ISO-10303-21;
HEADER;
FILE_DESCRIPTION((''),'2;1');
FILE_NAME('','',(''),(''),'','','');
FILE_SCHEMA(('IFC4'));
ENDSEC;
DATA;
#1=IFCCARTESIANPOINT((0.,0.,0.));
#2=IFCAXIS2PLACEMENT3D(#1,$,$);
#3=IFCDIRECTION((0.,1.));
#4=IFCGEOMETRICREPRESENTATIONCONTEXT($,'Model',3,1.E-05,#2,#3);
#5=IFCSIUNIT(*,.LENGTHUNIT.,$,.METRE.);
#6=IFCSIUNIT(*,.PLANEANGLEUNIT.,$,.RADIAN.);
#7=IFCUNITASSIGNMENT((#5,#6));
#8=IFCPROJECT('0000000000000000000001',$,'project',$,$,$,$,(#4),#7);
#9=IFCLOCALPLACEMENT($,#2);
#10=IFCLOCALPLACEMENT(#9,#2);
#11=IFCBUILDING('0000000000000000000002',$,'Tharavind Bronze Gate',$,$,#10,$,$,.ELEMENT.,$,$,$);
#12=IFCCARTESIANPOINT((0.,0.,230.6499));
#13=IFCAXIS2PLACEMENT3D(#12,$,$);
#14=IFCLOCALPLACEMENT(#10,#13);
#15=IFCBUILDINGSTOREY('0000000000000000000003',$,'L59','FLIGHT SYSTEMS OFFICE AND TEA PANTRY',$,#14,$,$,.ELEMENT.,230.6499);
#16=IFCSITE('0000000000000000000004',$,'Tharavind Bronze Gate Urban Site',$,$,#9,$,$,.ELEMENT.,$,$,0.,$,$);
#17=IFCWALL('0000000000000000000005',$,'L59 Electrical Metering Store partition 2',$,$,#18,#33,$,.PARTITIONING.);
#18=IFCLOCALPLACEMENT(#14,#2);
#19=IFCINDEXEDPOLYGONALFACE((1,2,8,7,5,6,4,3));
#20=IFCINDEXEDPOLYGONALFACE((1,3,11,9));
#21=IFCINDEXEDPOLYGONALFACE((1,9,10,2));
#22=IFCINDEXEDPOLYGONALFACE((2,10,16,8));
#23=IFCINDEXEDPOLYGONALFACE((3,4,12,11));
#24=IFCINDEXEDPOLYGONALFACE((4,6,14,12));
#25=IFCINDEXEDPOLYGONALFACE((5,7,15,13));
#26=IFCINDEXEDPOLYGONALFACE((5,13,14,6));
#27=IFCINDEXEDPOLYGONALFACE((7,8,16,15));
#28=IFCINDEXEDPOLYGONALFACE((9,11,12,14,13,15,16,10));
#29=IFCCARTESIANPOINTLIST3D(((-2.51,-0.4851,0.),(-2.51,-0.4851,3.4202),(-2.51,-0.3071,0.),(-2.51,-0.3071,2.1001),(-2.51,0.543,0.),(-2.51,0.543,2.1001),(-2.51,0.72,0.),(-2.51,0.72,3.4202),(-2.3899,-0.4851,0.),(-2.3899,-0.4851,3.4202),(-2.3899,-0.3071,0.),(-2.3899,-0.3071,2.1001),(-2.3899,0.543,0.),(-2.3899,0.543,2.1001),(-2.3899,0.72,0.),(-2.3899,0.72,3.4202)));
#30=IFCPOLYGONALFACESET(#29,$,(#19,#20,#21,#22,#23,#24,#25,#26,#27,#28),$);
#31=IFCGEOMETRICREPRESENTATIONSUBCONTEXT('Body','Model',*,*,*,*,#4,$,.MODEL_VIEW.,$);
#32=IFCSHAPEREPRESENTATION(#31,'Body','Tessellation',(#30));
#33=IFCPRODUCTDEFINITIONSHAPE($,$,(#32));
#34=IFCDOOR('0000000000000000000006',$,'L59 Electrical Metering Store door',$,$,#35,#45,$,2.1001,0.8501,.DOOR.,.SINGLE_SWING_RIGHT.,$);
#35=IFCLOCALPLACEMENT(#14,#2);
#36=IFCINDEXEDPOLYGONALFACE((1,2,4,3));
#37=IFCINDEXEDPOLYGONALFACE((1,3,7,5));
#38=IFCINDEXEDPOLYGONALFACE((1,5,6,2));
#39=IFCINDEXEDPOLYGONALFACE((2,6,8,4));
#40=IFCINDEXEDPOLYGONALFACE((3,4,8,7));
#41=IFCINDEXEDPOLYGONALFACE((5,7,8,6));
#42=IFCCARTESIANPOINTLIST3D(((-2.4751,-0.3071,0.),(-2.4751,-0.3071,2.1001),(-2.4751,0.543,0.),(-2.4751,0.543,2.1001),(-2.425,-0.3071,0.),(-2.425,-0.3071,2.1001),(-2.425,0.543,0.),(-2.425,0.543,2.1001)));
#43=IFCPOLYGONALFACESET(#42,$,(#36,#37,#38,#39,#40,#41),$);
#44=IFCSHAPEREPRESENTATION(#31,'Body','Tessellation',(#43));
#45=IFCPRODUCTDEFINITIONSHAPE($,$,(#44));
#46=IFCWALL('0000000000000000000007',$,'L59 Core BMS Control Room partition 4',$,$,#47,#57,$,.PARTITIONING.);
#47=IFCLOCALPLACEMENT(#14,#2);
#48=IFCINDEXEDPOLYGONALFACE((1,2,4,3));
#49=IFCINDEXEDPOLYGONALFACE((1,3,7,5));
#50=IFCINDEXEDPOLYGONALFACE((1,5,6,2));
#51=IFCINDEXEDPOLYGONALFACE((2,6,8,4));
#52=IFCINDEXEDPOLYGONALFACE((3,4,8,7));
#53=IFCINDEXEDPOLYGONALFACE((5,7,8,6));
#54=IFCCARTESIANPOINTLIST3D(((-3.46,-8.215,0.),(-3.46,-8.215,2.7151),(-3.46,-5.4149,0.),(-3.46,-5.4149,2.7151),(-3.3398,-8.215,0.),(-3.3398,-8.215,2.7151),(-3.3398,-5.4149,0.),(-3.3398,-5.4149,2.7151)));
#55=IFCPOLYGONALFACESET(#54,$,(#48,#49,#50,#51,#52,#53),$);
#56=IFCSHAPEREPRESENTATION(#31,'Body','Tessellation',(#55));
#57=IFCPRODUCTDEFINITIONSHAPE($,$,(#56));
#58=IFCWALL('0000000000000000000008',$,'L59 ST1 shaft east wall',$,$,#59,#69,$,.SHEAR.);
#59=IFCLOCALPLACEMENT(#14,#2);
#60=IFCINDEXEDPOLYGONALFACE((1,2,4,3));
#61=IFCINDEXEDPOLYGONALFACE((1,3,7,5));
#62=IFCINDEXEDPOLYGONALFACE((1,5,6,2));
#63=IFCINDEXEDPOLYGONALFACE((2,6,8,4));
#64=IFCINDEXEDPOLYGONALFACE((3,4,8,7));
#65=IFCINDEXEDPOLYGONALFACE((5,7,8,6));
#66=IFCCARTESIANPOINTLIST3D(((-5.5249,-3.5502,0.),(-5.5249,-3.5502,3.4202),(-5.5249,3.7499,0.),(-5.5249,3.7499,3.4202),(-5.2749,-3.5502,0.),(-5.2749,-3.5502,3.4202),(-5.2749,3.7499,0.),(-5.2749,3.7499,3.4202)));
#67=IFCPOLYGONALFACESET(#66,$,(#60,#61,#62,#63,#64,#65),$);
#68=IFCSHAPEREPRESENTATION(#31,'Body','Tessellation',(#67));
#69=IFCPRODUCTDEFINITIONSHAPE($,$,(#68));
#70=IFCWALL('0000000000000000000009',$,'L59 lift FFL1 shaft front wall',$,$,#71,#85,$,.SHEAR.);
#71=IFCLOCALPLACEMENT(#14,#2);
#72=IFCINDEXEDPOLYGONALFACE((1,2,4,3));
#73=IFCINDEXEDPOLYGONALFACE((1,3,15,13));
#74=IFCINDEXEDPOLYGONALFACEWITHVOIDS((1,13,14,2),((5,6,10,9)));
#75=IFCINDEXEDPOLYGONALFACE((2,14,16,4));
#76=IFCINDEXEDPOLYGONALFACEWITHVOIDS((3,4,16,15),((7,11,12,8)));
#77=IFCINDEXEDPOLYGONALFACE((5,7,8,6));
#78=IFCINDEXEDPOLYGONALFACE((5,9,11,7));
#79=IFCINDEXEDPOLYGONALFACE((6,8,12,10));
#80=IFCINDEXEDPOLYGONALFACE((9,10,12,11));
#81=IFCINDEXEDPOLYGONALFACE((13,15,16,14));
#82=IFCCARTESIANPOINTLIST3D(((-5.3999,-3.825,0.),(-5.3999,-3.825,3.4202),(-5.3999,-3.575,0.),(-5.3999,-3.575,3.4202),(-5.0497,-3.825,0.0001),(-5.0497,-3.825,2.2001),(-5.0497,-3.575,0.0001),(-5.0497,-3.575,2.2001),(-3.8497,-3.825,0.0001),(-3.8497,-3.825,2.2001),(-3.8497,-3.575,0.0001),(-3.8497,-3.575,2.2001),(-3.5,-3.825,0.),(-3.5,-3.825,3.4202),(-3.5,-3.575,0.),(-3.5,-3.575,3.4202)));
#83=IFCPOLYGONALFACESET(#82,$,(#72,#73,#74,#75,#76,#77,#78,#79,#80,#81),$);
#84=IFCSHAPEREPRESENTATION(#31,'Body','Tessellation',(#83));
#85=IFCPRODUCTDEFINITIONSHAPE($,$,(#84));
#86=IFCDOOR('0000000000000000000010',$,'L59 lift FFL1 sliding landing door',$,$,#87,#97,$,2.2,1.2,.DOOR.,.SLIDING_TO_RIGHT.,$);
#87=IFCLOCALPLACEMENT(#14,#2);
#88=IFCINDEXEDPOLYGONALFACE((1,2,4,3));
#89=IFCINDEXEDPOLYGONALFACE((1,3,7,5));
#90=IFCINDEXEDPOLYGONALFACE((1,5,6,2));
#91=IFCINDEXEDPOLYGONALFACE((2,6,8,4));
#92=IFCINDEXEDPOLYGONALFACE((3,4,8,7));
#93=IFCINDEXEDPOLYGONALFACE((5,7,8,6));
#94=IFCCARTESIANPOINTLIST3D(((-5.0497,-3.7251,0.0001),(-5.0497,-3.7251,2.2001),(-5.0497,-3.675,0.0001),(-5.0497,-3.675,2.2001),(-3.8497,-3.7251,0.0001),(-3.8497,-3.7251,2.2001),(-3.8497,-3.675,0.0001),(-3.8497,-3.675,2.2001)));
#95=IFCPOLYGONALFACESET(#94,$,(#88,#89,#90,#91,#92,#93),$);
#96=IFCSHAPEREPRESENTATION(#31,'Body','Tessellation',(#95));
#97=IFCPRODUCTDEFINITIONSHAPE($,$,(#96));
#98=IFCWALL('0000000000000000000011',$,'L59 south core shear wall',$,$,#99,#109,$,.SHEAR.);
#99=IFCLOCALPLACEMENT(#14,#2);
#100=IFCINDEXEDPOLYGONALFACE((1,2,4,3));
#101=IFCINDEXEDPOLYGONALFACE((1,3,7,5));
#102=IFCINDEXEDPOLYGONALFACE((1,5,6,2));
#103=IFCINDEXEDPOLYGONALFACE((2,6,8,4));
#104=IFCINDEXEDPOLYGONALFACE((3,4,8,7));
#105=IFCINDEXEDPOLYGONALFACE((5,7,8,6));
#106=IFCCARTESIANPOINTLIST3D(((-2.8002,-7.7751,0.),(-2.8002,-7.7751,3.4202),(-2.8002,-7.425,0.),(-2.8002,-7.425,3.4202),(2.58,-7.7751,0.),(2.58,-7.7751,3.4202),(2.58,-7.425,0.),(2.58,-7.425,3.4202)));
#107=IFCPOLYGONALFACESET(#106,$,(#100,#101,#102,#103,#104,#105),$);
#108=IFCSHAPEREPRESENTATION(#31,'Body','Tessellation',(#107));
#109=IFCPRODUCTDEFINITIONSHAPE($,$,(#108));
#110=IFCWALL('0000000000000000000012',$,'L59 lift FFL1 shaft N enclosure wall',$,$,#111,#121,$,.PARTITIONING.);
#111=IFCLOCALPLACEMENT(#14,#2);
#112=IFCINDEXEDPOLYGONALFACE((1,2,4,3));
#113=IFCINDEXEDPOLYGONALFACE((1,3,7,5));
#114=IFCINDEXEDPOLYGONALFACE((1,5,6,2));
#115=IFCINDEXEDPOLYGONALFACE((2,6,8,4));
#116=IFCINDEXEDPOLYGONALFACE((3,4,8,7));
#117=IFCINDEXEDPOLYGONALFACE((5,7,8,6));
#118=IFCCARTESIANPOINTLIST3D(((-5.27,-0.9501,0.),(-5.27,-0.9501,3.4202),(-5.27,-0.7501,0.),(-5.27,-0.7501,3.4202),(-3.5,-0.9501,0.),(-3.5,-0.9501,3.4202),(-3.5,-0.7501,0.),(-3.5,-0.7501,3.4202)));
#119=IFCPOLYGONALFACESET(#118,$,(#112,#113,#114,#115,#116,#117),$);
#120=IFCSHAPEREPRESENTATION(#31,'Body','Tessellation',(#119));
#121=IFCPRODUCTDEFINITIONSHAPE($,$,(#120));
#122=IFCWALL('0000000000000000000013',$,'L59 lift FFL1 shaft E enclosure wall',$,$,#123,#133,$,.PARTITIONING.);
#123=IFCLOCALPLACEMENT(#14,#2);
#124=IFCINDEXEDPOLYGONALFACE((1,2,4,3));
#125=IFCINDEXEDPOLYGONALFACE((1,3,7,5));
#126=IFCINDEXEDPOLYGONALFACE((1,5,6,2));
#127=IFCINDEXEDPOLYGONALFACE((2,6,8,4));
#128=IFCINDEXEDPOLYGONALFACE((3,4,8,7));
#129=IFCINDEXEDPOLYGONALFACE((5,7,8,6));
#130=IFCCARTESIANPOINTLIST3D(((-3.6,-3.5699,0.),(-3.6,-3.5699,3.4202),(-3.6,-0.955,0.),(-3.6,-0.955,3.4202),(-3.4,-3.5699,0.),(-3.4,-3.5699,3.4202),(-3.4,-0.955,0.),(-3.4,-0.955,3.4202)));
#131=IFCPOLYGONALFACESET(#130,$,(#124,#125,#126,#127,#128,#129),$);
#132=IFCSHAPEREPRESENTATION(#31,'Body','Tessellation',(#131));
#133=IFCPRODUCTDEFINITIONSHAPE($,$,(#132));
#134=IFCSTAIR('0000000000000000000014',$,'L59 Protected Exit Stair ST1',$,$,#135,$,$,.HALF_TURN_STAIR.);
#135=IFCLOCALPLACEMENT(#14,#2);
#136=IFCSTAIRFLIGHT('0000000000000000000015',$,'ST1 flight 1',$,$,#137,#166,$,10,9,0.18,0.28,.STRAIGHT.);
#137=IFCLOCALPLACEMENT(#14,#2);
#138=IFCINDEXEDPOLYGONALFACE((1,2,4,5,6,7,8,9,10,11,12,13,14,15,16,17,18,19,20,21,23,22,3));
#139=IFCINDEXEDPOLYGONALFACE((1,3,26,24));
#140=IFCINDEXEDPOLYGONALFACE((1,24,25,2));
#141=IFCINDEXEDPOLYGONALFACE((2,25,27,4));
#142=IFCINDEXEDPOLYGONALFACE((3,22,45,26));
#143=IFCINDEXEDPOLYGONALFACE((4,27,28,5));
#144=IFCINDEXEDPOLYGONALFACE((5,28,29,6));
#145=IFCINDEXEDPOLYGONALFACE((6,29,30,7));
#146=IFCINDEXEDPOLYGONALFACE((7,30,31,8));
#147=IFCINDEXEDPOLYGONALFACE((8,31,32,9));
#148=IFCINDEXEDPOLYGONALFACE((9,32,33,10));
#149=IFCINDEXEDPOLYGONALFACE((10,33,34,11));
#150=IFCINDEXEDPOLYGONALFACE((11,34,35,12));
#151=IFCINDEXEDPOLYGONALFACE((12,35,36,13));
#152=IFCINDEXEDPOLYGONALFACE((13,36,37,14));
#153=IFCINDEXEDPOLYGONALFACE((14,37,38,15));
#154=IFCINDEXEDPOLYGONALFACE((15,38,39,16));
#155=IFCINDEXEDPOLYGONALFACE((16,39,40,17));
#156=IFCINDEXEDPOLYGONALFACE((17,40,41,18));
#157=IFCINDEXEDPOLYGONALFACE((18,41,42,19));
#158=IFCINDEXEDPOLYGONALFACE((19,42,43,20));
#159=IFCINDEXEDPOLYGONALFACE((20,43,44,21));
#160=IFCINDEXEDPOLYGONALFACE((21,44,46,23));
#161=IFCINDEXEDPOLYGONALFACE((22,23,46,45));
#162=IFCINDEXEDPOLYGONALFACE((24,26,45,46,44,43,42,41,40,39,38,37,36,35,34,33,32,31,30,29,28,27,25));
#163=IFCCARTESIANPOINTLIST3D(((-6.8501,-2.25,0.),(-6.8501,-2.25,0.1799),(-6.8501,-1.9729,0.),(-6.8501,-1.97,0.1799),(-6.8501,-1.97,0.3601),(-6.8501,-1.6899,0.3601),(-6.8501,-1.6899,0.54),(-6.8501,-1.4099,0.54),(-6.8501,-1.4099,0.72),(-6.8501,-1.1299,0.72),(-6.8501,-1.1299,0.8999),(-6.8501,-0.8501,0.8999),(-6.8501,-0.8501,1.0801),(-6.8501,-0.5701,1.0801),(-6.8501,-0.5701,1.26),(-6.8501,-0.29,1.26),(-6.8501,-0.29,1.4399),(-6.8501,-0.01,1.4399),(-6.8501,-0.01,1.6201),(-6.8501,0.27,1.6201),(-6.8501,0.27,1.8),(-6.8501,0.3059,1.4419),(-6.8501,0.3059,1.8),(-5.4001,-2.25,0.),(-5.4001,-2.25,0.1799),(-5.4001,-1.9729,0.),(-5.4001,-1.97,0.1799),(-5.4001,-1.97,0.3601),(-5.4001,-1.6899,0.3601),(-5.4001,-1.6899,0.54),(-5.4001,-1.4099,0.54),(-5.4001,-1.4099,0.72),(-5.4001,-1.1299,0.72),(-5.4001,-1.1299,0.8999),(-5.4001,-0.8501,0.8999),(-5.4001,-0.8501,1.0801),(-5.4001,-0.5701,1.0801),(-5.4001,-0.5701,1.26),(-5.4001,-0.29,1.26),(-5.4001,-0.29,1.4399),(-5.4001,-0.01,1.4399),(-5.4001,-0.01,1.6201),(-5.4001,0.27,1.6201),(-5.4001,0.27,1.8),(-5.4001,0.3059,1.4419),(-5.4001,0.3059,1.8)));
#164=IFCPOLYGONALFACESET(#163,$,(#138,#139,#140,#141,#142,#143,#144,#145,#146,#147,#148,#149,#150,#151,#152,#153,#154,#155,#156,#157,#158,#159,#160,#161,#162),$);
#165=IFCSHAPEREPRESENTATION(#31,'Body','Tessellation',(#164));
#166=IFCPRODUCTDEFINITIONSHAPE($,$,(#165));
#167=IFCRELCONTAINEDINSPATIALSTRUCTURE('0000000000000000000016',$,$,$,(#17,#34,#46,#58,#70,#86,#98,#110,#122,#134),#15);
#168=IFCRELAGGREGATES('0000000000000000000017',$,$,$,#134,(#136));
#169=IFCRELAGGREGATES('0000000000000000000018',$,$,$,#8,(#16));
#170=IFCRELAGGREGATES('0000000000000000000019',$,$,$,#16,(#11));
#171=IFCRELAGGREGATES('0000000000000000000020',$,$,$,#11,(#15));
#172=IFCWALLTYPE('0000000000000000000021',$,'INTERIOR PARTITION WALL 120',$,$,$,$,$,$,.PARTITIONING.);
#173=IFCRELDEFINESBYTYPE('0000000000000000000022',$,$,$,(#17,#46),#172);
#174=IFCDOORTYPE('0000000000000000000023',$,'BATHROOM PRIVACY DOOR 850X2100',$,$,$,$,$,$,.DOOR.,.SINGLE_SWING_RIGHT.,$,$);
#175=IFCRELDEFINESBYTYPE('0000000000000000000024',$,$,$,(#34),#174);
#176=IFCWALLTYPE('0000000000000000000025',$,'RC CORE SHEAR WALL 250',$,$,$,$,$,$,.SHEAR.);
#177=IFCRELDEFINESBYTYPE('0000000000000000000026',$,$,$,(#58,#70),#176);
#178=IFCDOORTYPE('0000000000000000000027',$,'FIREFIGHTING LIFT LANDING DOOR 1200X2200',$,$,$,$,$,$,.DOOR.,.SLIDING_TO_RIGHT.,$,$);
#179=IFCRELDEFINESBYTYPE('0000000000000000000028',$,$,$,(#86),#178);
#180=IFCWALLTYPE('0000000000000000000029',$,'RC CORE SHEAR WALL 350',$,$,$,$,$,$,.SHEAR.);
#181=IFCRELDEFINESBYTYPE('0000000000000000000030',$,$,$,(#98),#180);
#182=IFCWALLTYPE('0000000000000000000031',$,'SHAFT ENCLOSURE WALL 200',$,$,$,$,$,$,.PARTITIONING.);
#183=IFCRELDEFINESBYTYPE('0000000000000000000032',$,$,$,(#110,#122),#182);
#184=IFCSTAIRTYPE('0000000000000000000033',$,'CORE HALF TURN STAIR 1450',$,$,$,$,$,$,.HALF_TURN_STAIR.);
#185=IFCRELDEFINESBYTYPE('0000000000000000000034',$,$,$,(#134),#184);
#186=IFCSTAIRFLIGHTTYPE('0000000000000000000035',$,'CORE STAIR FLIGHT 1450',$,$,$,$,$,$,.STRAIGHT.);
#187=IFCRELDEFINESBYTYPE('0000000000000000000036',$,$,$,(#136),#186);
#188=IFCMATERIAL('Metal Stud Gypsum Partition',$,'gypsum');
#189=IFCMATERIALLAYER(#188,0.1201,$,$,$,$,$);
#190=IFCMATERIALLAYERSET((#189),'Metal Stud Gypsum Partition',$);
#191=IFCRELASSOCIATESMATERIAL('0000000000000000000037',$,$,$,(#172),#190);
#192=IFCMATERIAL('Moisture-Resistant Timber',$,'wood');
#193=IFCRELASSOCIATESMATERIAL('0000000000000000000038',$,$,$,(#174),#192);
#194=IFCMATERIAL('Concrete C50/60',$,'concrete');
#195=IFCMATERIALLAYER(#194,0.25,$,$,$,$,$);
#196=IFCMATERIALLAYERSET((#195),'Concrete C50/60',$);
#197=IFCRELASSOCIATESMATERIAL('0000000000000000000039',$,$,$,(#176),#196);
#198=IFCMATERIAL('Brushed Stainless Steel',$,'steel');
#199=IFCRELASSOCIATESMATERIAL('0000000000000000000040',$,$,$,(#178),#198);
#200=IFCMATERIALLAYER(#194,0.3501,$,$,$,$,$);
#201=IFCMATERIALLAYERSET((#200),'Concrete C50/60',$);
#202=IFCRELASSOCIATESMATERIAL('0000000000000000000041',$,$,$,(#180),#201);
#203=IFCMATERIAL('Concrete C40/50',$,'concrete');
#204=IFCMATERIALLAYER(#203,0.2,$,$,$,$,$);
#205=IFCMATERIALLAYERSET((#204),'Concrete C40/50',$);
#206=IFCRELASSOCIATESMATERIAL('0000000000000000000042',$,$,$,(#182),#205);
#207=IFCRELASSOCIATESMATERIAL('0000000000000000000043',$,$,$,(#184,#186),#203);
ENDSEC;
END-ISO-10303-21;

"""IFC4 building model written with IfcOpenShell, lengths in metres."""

from ifc_helpers import new_model, si_unit, direction, frame, frame_2d, origin, place, context, subcontext, project, spatial, polyline, rectangle, outline, extrude, material, layer, layer_set, type_object, element, fill, aggregate, save


model = new_model("IFC4")

# Units and contexts
model_context = context("Model", 3, precision=1e-05, world=origin(), true_north=direction((0.0, 1.0)))
body_context = subcontext(model_context, "Body", "Model", "MODEL_VIEW")
ifc_project = project(units=[si_unit("LENGTHUNIT", "METRE"), si_unit("PLANEANGLEUNIT", "RADIAN")], contexts=[model_context])

# Site, building, storey
site_placement = place(None, origin())
site = spatial("IfcSite", under=ifc_project, at=site_placement, Name="Tharavind Bronze Gate Urban Site", CompositionType="ELEMENT", RefElevation=0.0)
building_placement = place(site_placement, origin())
building = spatial("IfcBuilding", under=site, at=building_placement, Name="Tharavind Bronze Gate", CompositionType="ELEMENT")
storey_placement = place(building_placement, frame((0.0, 0.0, 230.6499)))
storey = spatial("IfcBuildingStorey", under=building, at=storey_placement, Name="L59", Description="FLIGHT SYSTEMS OFFICE AND TEA PANTRY", CompositionType="ELEMENT", Elevation=230.6499)

# Shared definitions
ifc_material_1 = material(Name="Concrete C50/60", Category="concrete")

# Shared definitions
ifc_material_2 = material(Name="Concrete C40/50", Category="concrete")

# Shared definitions
ifc_material_3 = material(Name="Metal Stud Gypsum Partition", Category="gypsum")
ifc_layer_1 = layer(ifc_material_3, 0.1201)
ifc_layer_set_1 = layer_set([ifc_layer_1], Name="Metal Stud Gypsum Partition")
wall_type_1 = type_object("IfcWallType", Name="INTERIOR PARTITION WALL 120", PredefinedType="PARTITIONING", material=ifc_layer_set_1)

# Wall, opening, door
wall_1_placement = place(storey_placement, frame((-2.45, -0.4851, 0.0), z_axis=(0.0, 0.0, 1.0), x_axis=(0.0, 1.0, 0.0)))
wall_1 = element("IfcWall", 1, at=wall_1_placement, inside=storey, type_object=wall_type_1, Name="L59 Electrical Metering Store partition 2", PredefinedType="PARTITIONING", context=body_context, shape_type="SweptSolid", body=[
    extrude(rectangle(XDim=1.2051, YDim=0.1201, at=frame_2d((0.6025, 0.0))), origin(), (0.0, 0.0, 1.0), 3.4202),
])
opening_1_placement = place(wall_1_placement, frame((0.178, 0.0, 0.0)))
opening_1 = element("IfcOpeningElement", 2, at=opening_1_placement, cuts=wall_1, PredefinedType="OPENING", context=body_context, shape_type="SweptSolid", body=[
    extrude(rectangle(XDim=0.8501, YDim=2.1001, at=frame_2d((0.425, 1.05))), frame((0.0, 0.0701, 0.0), z_axis=(0.0, -1.0, 0.0), x_axis=(1.0, 0.0, 0.0)), (0.0, 0.0, 1.0), 0.1401),
])
ifc_material_4 = material(Name="Moisture-Resistant Timber", Category="wood")
door_type_1 = type_object("IfcDoorType", Name="BATHROOM PRIVACY DOOR 850X2100", OperationType="SINGLE_SWING_RIGHT", PredefinedType="DOOR", material=ifc_material_4)
door_1_placement = place(opening_1_placement, frame((0.8501, 0.0, 0.0), z_axis=(0.0, 0.0, 1.0), x_axis=(-1.0, 0.0, 0.0)))
door_1 = element("IfcDoor", 3, at=door_1_placement, inside=storey, type_object=door_type_1, Name="L59 Electrical Metering Store door", OperationType="SINGLE_SWING_RIGHT", OverallHeight=2.1001, OverallWidth=0.8501, PredefinedType="DOOR", context=body_context, shape_type="SweptSolid", body=[
    extrude(rectangle(XDim=0.8501, YDim=2.1001, at=frame_2d((0.425, 1.05))), frame((0.0, 0.0249, 0.0), z_axis=(0.0, -1.0, 0.0), x_axis=(1.0, 0.0, 0.0)), (0.0, 0.0, 1.0), 0.05),
])
fill(opening_1, door_1)

# Walls
wall_2_placement = place(storey_placement, frame((-3.3999, -5.415, 0.0), z_axis=(0.0, 0.0, 1.0), x_axis=(0.0, -1.0, 0.0)))
element("IfcWall", 4, at=wall_2_placement, inside=storey, type_object=wall_type_1, Name="L59 Core BMS Control Room partition 4", PredefinedType="PARTITIONING", context=body_context, shape_type="SweptSolid", body=[
    extrude(rectangle(XDim=2.8, YDim=0.1201, at=frame_2d((1.3999, 0.0))), origin(), (0.0, 0.0, 1.0), 2.7151),
])
ifc_layer_2 = layer(ifc_material_1, 0.25)
ifc_layer_set_2 = layer_set([ifc_layer_2], Name="Concrete C50/60")
wall_type_2 = type_object("IfcWallType", Name="RC CORE SHEAR WALL 250", PredefinedType="SHEAR", material=ifc_layer_set_2)
wall_3_placement = place(storey_placement, frame((-5.3999, -3.55, 0.0), z_axis=(0.0, 0.0, 1.0), x_axis=(0.0, 1.0, 0.0)))
element("IfcWall", 5, at=wall_3_placement, inside=storey, type_object=wall_type_2, Name="L59 ST1 shaft east wall", PredefinedType="SHEAR", context=body_context, shape_type="SweptSolid", body=[
    extrude(rectangle(XDim=7.3, YDim=0.25, at=frame_2d((3.6499, 0.0))), origin(), (0.0, 0.0, 1.0), 3.4202),
])

# Wall, opening, door
wall_4_placement = place(storey_placement, frame((-5.3999, -3.7, 0.0), z_axis=(0.0, 0.0, 1.0), x_axis=(1.0, 0.0, 0.0)))
wall_4 = element("IfcWall", 6, at=wall_4_placement, inside=storey, type_object=wall_type_2, Name="L59 lift FFL1 shaft front wall", PredefinedType="SHEAR", context=body_context, shape_type="SweptSolid", body=[
    extrude(rectangle(XDim=1.8999, YDim=0.25, at=frame_2d((0.95, 0.0))), origin(), (0.0, 0.0, 1.0), 3.4202),
])
opening_2_placement = place(wall_4_placement, frame((0.3501, 0.0, 0.0)))
opening_2 = element("IfcOpeningElement", 7, at=opening_2_placement, cuts=wall_4, PredefinedType="OPENING", context=body_context, shape_type="SweptSolid", body=[
    extrude(rectangle(XDim=1.2, YDim=2.2, at=frame_2d((0.6001, 1.1001))), frame((0.0, 0.135, 0.0), z_axis=(0.0, -1.0, 0.0), x_axis=(1.0, 0.0, 0.0)), (0.0, 0.0, 1.0), 0.27),
])
ifc_material_5 = material(Name="Brushed Stainless Steel", Category="steel")
door_type_2 = type_object("IfcDoorType", Name="FIREFIGHTING LIFT LANDING DOOR 1200X2200", OperationType="SLIDING_TO_RIGHT", PredefinedType="DOOR", material=ifc_material_5)
door_2_placement = place(opening_2_placement, origin())
door_2 = element("IfcDoor", 8, at=door_2_placement, inside=storey, type_object=door_type_2, Name="L59 lift FFL1 sliding landing door", OperationType="SLIDING_TO_RIGHT", OverallHeight=2.2, OverallWidth=1.2, PredefinedType="DOOR", context=body_context, shape_type="SweptSolid", body=[
    extrude(rectangle(XDim=1.2, YDim=2.2, at=frame_2d((0.6001, 1.1001))), frame((0.0, 0.0249, 0.0), z_axis=(0.0, -1.0, 0.0), x_axis=(1.0, 0.0, 0.0)), (0.0, 0.0, 1.0), 0.05),
])
fill(opening_2, door_2)

# Walls
ifc_layer_3 = layer(ifc_material_1, 0.3501)
ifc_layer_set_3 = layer_set([ifc_layer_3], Name="Concrete C50/60")
wall_type_3 = type_object("IfcWallType", Name="RC CORE SHEAR WALL 350", PredefinedType="SHEAR", material=ifc_layer_set_3)
wall_5_placement = place(storey_placement, frame((-2.8, -7.6001, 0.0), z_axis=(0.0, 0.0, 1.0), x_axis=(1.0, 0.0, 0.0)))
element("IfcWall", 9, at=wall_5_placement, inside=storey, type_object=wall_type_3, Name="L59 south core shear wall", PredefinedType="SHEAR", context=body_context, shape_type="SweptSolid", body=[
    extrude(rectangle(XDim=5.3801, YDim=0.3501, at=frame_2d((2.6899, 0.0))), origin(), (0.0, 0.0, 1.0), 3.4202),
])
ifc_layer_4 = layer(ifc_material_2, 0.2)
ifc_layer_set_4 = layer_set([ifc_layer_4], Name="Concrete C40/50")
wall_type_4 = type_object("IfcWallType", Name="SHAFT ENCLOSURE WALL 200", PredefinedType="PARTITIONING", material=ifc_layer_set_4)
wall_6_placement = place(storey_placement, frame((-5.27, -0.8501, 0.0), z_axis=(0.0, 0.0, 1.0), x_axis=(1.0, 0.0, 0.0)))
element("IfcWall", 10, at=wall_6_placement, inside=storey, type_object=wall_type_4, Name="L59 lift FFL1 shaft N enclosure wall", PredefinedType="PARTITIONING", context=body_context, shape_type="SweptSolid", body=[
    extrude(rectangle(XDim=1.77, YDim=0.2, at=frame_2d((0.885, 0.0))), origin(), (0.0, 0.0, 1.0), 3.4202),
])
wall_7_placement = place(storey_placement, frame((-3.5, -3.5701, 0.0), z_axis=(0.0, 0.0, 1.0), x_axis=(0.0, 1.0, 0.0)))
element("IfcWall", 11, at=wall_7_placement, inside=storey, type_object=wall_type_4, Name="L59 lift FFL1 shaft E enclosure wall", PredefinedType="PARTITIONING", context=body_context, shape_type="SweptSolid", body=[
    extrude(rectangle(XDim=2.615, YDim=0.2, at=frame_2d((1.3076, 0.0))), origin(), (0.0, 0.0, 1.0), 3.4202),
])

# Stair, stair flight
stair_type = type_object("IfcStairType", Name="CORE HALF TURN STAIR 1450", PredefinedType="HALF_TURN_STAIR", material=ifc_material_2)
stair_placement = place(storey_placement, origin())
stair = element("IfcStair", 12, at=stair_placement, inside=storey, type_object=stair_type, Name="L59 Protected Exit Stair ST1", PredefinedType="HALF_TURN_STAIR")
stair_flight_type = type_object("IfcStairFlightType", Name="CORE STAIR FLIGHT 1450", PredefinedType="STRAIGHT", material=ifc_material_2)
stair_flight_placement = place(storey_placement, frame((-6.125, -2.25, 0.0), z_axis=(0.0, 0.0, 1.0), x_axis=(0.0, 1.0, 0.0)))
stair_flight = element("IfcStairFlight", 13, at=stair_flight_placement, type_object=stair_flight_type, Name="ST1 flight 1", NumberOfRisers=10, NumberOfTreads=9, PredefinedType="STRAIGHT", RiserHeight=0.18, TreadLength=0.28, context=body_context, shape_type="SweptSolid", body=[
    extrude(outline(polyline([(0.0, 0.0), (0.0, 0.1799), (0.28, 0.1799), (0.28, 0.3601), (0.5601, 0.3601), (0.5601, 0.54), (0.8401, 0.54), (0.8401, 0.72), (1.1201, 0.72), (1.1201, 0.8999), (1.3999, 0.8999), (1.3999, 1.0801), (1.6799, 1.0801), (1.6799, 1.26), (1.96, 1.26), (1.96, 1.4399), (2.24, 1.4399), (2.24, 1.6201), (2.52, 1.6201), (2.52, 1.8), (2.5559, 1.8), (2.5559, 1.4419), (0.2771, 0.0), (0.0, 0.0)])), frame((0.0, 0.7251, 0.0), z_axis=(0.0, -1.0, 0.0), x_axis=(1.0, 0.0, 0.0)), (0.0, 0.0, 1.0), 1.45),
])
aggregate(stair, [stair_flight])

save(model, "model.ifc")
